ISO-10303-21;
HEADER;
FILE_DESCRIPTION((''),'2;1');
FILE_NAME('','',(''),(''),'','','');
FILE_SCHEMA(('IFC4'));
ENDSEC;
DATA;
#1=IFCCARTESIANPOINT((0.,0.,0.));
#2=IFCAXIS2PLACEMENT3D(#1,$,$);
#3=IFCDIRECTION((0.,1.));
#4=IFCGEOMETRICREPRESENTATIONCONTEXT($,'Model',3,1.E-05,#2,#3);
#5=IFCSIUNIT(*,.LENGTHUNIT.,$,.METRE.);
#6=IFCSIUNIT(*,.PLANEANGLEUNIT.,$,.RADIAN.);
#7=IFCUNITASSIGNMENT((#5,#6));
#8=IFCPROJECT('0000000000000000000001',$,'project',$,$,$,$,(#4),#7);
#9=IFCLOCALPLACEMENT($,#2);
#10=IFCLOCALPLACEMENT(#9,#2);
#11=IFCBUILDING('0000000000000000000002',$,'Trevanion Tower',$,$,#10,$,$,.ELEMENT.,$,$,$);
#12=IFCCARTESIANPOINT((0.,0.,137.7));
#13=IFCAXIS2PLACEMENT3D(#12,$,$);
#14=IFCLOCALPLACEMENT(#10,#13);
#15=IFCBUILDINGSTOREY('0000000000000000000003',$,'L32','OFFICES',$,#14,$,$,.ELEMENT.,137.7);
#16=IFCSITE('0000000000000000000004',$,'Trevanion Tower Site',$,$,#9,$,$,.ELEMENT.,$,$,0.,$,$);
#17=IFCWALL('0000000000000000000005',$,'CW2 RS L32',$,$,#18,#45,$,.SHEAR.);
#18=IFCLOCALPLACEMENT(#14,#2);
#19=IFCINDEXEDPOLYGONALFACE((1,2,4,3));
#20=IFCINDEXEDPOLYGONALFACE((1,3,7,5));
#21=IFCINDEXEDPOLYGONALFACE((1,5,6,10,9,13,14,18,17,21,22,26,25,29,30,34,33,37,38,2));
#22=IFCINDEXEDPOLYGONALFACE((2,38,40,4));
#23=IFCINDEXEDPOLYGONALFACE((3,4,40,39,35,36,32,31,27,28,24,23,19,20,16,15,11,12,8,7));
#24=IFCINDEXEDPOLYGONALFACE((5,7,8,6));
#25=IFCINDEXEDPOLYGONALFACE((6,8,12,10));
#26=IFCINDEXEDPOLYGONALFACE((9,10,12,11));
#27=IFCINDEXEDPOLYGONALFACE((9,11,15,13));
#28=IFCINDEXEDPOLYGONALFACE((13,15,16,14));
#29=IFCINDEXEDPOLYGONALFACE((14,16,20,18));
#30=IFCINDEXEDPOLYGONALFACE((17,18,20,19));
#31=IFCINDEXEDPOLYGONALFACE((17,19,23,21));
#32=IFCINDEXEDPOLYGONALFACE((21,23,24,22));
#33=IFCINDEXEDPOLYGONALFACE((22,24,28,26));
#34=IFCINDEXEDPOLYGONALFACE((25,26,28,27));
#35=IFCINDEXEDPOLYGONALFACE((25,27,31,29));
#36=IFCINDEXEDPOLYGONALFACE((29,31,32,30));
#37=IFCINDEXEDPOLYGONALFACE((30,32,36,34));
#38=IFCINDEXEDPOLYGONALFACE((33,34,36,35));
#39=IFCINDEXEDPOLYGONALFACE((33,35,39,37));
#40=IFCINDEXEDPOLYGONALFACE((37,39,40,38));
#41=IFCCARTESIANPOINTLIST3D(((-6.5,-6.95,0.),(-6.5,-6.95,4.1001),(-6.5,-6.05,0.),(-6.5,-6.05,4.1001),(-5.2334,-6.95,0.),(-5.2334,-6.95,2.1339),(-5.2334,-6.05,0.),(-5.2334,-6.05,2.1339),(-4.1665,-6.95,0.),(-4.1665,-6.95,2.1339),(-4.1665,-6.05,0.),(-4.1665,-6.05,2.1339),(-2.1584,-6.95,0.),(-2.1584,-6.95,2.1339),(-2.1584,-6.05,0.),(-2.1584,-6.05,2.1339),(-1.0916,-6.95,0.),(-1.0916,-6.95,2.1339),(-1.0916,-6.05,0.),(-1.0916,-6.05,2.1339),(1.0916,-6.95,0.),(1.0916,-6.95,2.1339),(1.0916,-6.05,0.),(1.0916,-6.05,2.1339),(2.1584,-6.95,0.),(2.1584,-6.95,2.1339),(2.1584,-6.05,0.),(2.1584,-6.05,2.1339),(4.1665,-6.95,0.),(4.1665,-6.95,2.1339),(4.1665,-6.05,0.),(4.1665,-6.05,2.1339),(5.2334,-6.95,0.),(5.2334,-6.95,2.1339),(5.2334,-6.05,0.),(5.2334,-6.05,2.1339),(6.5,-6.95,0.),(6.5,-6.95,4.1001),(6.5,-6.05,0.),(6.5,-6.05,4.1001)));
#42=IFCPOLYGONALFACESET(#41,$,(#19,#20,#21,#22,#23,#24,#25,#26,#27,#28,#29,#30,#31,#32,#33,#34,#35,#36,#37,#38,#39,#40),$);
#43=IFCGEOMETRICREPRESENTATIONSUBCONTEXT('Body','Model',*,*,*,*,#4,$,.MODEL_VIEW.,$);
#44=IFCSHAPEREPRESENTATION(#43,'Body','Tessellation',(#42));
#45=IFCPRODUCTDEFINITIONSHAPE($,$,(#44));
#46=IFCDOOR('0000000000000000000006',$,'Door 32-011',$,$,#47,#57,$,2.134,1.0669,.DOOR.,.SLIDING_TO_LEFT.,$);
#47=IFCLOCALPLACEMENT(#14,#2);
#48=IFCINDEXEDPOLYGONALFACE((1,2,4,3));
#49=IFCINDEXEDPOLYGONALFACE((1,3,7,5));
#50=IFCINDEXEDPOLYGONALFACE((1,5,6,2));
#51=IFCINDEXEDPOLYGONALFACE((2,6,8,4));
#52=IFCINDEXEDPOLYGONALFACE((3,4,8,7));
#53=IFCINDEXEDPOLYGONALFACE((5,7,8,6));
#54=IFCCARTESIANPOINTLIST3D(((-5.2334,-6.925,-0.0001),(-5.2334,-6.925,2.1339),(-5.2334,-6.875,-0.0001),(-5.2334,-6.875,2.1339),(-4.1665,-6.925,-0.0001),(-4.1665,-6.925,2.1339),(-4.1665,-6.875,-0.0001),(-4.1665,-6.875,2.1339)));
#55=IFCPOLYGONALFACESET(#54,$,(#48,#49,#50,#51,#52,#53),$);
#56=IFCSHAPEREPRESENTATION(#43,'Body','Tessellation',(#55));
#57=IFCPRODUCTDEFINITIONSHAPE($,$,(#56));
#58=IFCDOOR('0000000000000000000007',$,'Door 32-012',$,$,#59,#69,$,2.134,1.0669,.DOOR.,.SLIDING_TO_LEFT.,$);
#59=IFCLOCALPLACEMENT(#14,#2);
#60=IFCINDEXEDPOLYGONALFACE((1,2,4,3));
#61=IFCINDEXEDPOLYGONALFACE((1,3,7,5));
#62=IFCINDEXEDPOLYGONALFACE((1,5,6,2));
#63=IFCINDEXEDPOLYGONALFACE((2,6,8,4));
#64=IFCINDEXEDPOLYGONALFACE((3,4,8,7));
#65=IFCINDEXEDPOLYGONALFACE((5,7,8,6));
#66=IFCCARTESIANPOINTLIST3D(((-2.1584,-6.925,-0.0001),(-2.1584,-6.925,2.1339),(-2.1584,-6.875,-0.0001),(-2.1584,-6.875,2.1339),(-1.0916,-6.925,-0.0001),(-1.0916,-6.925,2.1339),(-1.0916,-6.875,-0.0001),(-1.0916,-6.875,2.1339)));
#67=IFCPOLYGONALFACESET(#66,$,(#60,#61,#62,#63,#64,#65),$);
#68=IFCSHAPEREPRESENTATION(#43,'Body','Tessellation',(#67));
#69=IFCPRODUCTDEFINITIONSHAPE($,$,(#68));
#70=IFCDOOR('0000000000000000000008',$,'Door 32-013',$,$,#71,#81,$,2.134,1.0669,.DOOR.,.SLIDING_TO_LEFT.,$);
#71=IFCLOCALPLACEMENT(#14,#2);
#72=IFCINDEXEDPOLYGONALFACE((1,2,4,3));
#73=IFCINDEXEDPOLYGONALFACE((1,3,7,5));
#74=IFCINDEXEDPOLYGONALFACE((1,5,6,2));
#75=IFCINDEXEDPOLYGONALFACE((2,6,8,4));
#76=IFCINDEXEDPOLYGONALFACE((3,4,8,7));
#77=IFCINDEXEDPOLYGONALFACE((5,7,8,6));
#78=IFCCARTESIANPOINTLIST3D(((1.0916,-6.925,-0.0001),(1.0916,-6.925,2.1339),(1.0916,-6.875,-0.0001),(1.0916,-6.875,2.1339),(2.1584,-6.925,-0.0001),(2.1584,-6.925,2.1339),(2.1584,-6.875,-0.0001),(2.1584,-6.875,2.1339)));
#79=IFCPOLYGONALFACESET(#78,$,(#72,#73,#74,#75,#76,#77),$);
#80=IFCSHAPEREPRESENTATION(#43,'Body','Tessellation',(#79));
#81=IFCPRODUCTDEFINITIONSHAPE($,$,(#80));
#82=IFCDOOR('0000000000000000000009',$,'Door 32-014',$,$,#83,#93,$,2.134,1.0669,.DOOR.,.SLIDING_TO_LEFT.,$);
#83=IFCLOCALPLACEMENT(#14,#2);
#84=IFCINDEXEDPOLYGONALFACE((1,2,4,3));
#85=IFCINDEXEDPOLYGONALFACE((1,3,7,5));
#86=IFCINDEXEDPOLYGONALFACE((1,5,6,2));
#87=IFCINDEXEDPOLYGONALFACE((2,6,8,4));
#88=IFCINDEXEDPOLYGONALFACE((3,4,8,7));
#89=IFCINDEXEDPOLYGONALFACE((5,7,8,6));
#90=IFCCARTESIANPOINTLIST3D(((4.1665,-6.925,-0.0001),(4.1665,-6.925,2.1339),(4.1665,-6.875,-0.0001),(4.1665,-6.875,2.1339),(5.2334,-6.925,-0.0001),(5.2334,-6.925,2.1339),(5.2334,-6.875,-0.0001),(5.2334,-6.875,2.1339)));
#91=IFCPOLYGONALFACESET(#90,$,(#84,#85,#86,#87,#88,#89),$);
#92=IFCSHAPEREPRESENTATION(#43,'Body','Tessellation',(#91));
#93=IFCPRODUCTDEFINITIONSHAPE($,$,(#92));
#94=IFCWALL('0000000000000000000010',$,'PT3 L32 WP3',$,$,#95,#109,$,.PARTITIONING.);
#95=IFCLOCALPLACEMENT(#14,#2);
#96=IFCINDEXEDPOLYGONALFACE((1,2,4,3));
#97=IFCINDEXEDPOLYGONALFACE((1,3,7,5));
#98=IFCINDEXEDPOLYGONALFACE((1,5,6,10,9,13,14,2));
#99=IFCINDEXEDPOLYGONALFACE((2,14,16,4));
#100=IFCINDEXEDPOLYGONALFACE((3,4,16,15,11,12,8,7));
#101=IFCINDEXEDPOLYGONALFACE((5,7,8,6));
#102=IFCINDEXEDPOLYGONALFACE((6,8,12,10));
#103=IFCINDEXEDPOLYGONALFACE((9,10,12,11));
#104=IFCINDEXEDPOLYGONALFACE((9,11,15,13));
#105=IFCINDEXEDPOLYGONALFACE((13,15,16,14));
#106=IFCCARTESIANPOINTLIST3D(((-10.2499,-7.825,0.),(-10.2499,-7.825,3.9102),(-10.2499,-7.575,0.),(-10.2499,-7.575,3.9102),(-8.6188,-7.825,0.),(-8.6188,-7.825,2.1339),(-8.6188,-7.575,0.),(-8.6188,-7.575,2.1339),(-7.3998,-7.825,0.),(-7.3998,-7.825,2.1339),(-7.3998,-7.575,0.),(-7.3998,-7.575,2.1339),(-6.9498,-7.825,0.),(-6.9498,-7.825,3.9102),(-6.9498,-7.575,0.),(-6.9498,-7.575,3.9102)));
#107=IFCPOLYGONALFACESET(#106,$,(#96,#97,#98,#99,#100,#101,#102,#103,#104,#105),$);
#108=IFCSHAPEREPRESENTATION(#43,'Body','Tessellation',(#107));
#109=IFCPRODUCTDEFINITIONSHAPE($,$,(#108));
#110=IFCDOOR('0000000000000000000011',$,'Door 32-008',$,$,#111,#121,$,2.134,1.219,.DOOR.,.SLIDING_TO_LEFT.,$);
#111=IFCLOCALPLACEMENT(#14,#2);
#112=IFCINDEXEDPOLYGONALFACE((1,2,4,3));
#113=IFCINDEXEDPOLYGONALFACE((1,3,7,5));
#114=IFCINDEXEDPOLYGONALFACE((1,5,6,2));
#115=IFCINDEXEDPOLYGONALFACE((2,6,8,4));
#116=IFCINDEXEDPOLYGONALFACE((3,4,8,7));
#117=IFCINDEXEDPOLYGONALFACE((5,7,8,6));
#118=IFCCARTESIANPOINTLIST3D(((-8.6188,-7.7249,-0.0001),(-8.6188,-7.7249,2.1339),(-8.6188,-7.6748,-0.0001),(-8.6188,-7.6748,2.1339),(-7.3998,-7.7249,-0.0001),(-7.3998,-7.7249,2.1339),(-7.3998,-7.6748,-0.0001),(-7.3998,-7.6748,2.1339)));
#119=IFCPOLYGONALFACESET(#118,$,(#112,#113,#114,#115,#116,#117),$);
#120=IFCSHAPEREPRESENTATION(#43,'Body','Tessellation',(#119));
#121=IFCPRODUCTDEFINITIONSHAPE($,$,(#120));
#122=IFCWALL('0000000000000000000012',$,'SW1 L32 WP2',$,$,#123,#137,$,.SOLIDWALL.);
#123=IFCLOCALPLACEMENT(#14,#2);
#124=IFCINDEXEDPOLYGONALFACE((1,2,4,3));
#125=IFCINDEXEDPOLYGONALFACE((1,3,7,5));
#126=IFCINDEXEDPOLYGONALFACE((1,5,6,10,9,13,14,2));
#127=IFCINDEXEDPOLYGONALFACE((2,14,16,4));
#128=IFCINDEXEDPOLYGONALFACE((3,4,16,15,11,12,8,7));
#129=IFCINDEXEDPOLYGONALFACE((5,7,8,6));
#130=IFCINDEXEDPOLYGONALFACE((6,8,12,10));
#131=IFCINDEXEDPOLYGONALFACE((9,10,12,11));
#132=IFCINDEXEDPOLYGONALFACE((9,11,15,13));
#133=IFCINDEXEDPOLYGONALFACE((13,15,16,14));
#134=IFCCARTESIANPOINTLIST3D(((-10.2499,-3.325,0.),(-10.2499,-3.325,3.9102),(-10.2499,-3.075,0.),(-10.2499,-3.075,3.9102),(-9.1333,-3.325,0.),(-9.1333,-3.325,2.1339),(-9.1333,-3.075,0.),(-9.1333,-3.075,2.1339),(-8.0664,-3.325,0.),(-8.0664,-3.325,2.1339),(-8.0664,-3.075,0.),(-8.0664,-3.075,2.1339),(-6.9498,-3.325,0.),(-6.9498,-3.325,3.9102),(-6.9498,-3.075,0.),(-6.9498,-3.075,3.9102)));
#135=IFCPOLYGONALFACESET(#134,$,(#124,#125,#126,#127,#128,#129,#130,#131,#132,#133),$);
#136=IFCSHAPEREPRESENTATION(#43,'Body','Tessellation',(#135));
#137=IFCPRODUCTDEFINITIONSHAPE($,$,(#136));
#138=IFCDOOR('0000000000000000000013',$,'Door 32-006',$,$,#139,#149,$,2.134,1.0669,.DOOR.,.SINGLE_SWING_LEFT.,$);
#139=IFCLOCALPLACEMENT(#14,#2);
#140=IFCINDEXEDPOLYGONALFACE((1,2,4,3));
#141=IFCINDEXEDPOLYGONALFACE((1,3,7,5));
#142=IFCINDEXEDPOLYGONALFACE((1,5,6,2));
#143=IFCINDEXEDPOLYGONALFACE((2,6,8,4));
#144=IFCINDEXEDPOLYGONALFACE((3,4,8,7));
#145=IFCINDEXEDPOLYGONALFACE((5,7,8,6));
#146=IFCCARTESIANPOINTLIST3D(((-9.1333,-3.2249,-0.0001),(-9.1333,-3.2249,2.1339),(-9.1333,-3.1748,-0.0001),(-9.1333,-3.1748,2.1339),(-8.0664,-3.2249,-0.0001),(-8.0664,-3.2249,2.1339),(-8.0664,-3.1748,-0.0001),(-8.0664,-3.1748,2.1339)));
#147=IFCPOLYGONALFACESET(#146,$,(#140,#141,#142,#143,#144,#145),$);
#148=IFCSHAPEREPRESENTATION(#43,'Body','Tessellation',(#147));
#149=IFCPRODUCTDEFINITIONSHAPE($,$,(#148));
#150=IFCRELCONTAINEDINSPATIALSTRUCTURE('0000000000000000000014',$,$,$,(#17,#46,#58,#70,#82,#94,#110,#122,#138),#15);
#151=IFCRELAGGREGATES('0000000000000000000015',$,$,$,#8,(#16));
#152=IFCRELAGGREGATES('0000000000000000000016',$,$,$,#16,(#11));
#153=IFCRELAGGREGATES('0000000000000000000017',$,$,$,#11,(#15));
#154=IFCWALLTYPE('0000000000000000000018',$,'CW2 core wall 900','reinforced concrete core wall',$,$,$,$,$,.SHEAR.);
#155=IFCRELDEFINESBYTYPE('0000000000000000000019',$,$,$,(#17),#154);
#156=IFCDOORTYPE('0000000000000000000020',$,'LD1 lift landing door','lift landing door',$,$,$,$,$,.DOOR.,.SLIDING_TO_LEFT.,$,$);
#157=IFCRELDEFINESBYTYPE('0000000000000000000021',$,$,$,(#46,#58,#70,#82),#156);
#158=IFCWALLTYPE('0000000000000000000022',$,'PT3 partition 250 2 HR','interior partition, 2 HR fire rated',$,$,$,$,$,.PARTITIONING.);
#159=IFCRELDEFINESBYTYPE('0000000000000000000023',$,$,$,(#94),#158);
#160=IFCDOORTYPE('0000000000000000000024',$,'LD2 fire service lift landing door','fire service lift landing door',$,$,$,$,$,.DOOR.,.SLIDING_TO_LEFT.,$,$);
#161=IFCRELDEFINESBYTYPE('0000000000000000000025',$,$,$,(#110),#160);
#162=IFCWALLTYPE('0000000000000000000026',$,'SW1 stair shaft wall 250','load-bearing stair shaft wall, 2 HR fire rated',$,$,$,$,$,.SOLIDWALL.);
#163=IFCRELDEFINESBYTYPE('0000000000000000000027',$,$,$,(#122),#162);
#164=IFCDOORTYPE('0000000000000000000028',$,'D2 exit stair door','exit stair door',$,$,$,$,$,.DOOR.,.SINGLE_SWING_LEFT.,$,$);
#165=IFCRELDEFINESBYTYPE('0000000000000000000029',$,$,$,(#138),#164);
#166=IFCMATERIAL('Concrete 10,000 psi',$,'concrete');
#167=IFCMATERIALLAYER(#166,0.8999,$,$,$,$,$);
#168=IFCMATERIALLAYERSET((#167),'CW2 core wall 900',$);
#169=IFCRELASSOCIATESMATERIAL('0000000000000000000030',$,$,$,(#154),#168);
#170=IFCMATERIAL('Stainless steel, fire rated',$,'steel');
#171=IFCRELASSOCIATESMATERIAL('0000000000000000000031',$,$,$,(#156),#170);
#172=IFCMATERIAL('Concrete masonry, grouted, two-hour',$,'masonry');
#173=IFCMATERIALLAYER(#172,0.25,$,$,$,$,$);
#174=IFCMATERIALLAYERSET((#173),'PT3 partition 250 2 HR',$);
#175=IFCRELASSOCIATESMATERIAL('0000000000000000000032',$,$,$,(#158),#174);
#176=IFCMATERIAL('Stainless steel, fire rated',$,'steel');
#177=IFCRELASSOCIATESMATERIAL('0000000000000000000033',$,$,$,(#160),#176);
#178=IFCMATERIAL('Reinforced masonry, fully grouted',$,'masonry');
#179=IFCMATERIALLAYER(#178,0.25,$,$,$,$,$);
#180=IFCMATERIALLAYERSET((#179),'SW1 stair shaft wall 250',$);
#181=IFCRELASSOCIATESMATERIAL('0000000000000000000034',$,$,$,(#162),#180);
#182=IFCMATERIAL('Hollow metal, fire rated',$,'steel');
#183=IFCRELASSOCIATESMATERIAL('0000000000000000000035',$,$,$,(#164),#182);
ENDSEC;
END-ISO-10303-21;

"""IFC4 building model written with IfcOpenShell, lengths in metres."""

from ifc_helpers import new_model, si_unit, direction, frame, frame_2d, origin, place, context, subcontext, project, spatial, rectangle, extrude, material, layer, layer_set, type_object, element, fill, save


model = new_model("IFC4")

# Units and contexts
model_context = context("Model", 3, precision=1e-05, world=origin(), true_north=direction((0.0, 1.0)))
body_context = subcontext(model_context, "Body", "Model", "MODEL_VIEW")
ifc_project = project(units=[si_unit("LENGTHUNIT", "METRE"), si_unit("PLANEANGLEUNIT", "RADIAN")], contexts=[model_context])

# Site, building, storey
site_placement = place(None, origin())
site = spatial("IfcSite", under=ifc_project, at=site_placement, Name="Trevanion Tower Site", CompositionType="ELEMENT", RefElevation=0.0)
building_placement = place(site_placement, origin())
building = spatial("IfcBuilding", under=site, at=building_placement, Name="Trevanion Tower", CompositionType="ELEMENT")
storey_placement = place(building_placement, frame((0.0, 0.0, 137.7)))
storey = spatial("IfcBuildingStorey", under=building, at=storey_placement, Name="L32", Description="OFFICES", CompositionType="ELEMENT", Elevation=137.7)

# Shared definitions
ifc_material_1 = material(Name="Concrete 10,000 psi", Category="concrete")
ifc_layer_1 = layer(ifc_material_1, 0.8999)
ifc_layer_set_1 = layer_set([ifc_layer_1], Name="CW2 core wall 900")
wall_type_1 = type_object("IfcWallType", Name="CW2 core wall 900", Description="reinforced concrete core wall", PredefinedType="SHEAR", material=ifc_layer_set_1)

# Wall, openings, doors
wall_1_placement = place(storey_placement, frame((-6.5, -6.5, 0.0), z_axis=(0.0, 0.0, 1.0), x_axis=(1.0, 0.0, 0.0)))
wall_1 = element("IfcWall", 1, at=wall_1_placement, inside=storey, type_object=wall_type_1, Name="CW2 RS L32", PredefinedType="SHEAR", context=body_context, shape_type="SweptSolid", body=[
    extrude(rectangle(XDim=13.0, YDim=0.8999, at=frame_2d((6.5, 0.0))), origin(), (0.0, 0.0, 1.0), 4.1001),
])
opening_1_placement = place(wall_1_placement, frame((1.2666, 0.0, 0.0)))
opening_1 = element("IfcOpeningElement", 2, at=opening_1_placement, cuts=wall_1, PredefinedType="OPENING", context=body_context, shape_type="SweptSolid", body=[
    extrude(rectangle(XDim=1.0669, YDim=2.134, at=frame_2d((0.5334, 1.0669))), frame((0.0, 0.46, 0.0), z_axis=(0.0, -1.0, 0.0), x_axis=(1.0, 0.0, 0.0)), (0.0, 0.0, 1.0), 0.9199),
])
opening_2_placement = place(wall_1_placement, frame((4.3416, 0.0, 0.0)))
opening_2 = element("IfcOpeningElement", 3, at=opening_2_placement, cuts=wall_1, PredefinedType="OPENING", context=body_context, shape_type="SweptSolid", body=[
    extrude(rectangle(XDim=1.0669, YDim=2.134, at=frame_2d((0.5334, 1.0669))), frame((0.0, 0.46, 0.0), z_axis=(0.0, -1.0, 0.0), x_axis=(1.0, 0.0, 0.0)), (0.0, 0.0, 1.0), 0.9199),
])
opening_3_placement = place(wall_1_placement, frame((7.5916, 0.0, 0.0)))
opening_3 = element("IfcOpeningElement", 4, at=opening_3_placement, cuts=wall_1, PredefinedType="OPENING", context=body_context, shape_type="SweptSolid", body=[
    extrude(rectangle(XDim=1.0669, YDim=2.134, at=frame_2d((0.5334, 1.0669))), frame((0.0, 0.46, 0.0), z_axis=(0.0, -1.0, 0.0), x_axis=(1.0, 0.0, 0.0)), (0.0, 0.0, 1.0), 0.9199),
])
opening_4_placement = place(wall_1_placement, frame((10.6665, 0.0, 0.0)))
opening_4 = element("IfcOpeningElement", 5, at=opening_4_placement, cuts=wall_1, PredefinedType="OPENING", context=body_context, shape_type="SweptSolid", body=[
    extrude(rectangle(XDim=1.0669, YDim=2.134, at=frame_2d((0.5334, 1.0669))), frame((0.0, 0.46, 0.0), z_axis=(0.0, -1.0, 0.0), x_axis=(1.0, 0.0, 0.0)), (0.0, 0.0, 1.0), 0.9199),
])
ifc_material_2 = material(Name="Stainless steel, fire rated", Category="steel")
door_type_1 = type_object("IfcDoorType", Name="LD1 lift landing door", Description="lift landing door", OperationType="SLIDING_TO_LEFT", PredefinedType="DOOR", material=ifc_material_2)
door_1_placement = place(opening_1_placement, origin())
door_1 = element("IfcDoor", 6, at=door_1_placement, inside=storey, type_object=door_type_1, Name="Door 32-011", OperationType="SLIDING_TO_LEFT", OverallHeight=2.134, OverallWidth=1.0669, PredefinedType="DOOR", context=body_context, shape_type="SweptSolid", body=[
    extrude(rectangle(XDim=1.0669, YDim=2.134, at=frame_2d((0.5334, 1.0669))), frame((0.0, -0.375, 0.0), z_axis=(0.0, -1.0, 0.0), x_axis=(1.0, 0.0, 0.0)), (0.0, 0.0, 1.0), 0.05),
])
fill(opening_1, door_1)
door_2_placement = place(opening_2_placement, origin())
door_2 = element("IfcDoor", 7, at=door_2_placement, inside=storey, type_object=door_type_1, Name="Door 32-012", OperationType="SLIDING_TO_LEFT", OverallHeight=2.134, OverallWidth=1.0669, PredefinedType="DOOR", context=body_context, shape_type="SweptSolid", body=[
    extrude(rectangle(XDim=1.0669, YDim=2.134, at=frame_2d((0.5334, 1.0669))), frame((0.0, -0.375, 0.0), z_axis=(0.0, -1.0, 0.0), x_axis=(1.0, 0.0, 0.0)), (0.0, 0.0, 1.0), 0.05),
])
fill(opening_2, door_2)
door_3_placement = place(opening_3_placement, origin())
door_3 = element("IfcDoor", 8, at=door_3_placement, inside=storey, type_object=door_type_1, Name="Door 32-013", OperationType="SLIDING_TO_LEFT", OverallHeight=2.134, OverallWidth=1.0669, PredefinedType="DOOR", context=body_context, shape_type="SweptSolid", body=[
    extrude(rectangle(XDim=1.0669, YDim=2.134, at=frame_2d((0.5334, 1.0669))), frame((0.0, -0.375, 0.0), z_axis=(0.0, -1.0, 0.0), x_axis=(1.0, 0.0, 0.0)), (0.0, 0.0, 1.0), 0.05),
])
fill(opening_3, door_3)
door_4_placement = place(opening_4_placement, origin())
door_4 = element("IfcDoor", 9, at=door_4_placement, inside=storey, type_object=door_type_1, Name="Door 32-014", OperationType="SLIDING_TO_LEFT", OverallHeight=2.134, OverallWidth=1.0669, PredefinedType="DOOR", context=body_context, shape_type="SweptSolid", body=[
    extrude(rectangle(XDim=1.0669, YDim=2.134, at=frame_2d((0.5334, 1.0669))), frame((0.0, -0.375, 0.0), z_axis=(0.0, -1.0, 0.0), x_axis=(1.0, 0.0, 0.0)), (0.0, 0.0, 1.0), 0.05),
])
fill(opening_4, door_4)

# Walls, openings, doors
ifc_material_3 = material(Name="Concrete masonry, grouted, two-hour", Category="masonry")
ifc_layer_2 = layer(ifc_material_3, 0.25)
ifc_layer_set_2 = layer_set([ifc_layer_2], Name="PT3 partition 250 2 HR")
wall_type_2 = type_object("IfcWallType", Name="PT3 partition 250 2 HR", Description="interior partition, 2 HR fire rated", PredefinedType="PARTITIONING", material=ifc_layer_set_2)
wall_2_placement = place(storey_placement, frame((-6.95, -7.7, 0.0), z_axis=(0.0, 0.0, 1.0), x_axis=(-1.0, 0.0, 0.0)))
wall_2 = element("IfcWall", 10, at=wall_2_placement, inside=storey, type_object=wall_type_2, Name="PT3 L32 WP3", PredefinedType="PARTITIONING", context=body_context, shape_type="SweptSolid", body=[
    extrude(rectangle(XDim=3.3, YDim=0.25, at=frame_2d((1.6499, 0.0))), origin(), (0.0, 0.0, 1.0), 3.9102),
])
opening_5_placement = place(wall_2_placement, frame((0.45, 0.0, 0.0)))
opening_5 = element("IfcOpeningElement", 11, at=opening_5_placement, cuts=wall_2, PredefinedType="OPENING", context=body_context, shape_type="SweptSolid", body=[
    extrude(rectangle(XDim=1.219, YDim=2.134, at=frame_2d((0.6094, 1.0669))), frame((0.0, 0.135, 0.0), z_axis=(0.0, -1.0, 0.0), x_axis=(1.0, 0.0, 0.0)), (0.0, 0.0, 1.0), 0.27),
])
ifc_material_4 = material(Name="Stainless steel, fire rated", Category="steel")
door_type_2 = type_object("IfcDoorType", Name="LD2 fire service lift landing door", Description="fire service lift landing door", OperationType="SLIDING_TO_LEFT", PredefinedType="DOOR", material=ifc_material_4)
door_5_placement = place(opening_5_placement, origin())
door_5 = element("IfcDoor", 12, at=door_5_placement, inside=storey, type_object=door_type_2, Name="Door 32-008", OperationType="SLIDING_TO_LEFT", OverallHeight=2.134, OverallWidth=1.219, PredefinedType="DOOR", context=body_context, shape_type="SweptSolid", body=[
    extrude(rectangle(XDim=1.219, YDim=2.134, at=frame_2d((0.6094, 1.0669))), frame((0.0, 0.0249, 0.0), z_axis=(0.0, -1.0, 0.0), x_axis=(1.0, 0.0, 0.0)), (0.0, 0.0, 1.0), 0.05),
])
fill(opening_5, door_5)
ifc_material_5 = material(Name="Reinforced masonry, fully grouted", Category="masonry")
ifc_layer_3 = layer(ifc_material_5, 0.25)
ifc_layer_set_3 = layer_set([ifc_layer_3], Name="SW1 stair shaft wall 250")
wall_type_3 = type_object("IfcWallType", Name="SW1 stair shaft wall 250", Description="load-bearing stair shaft wall, 2 HR fire rated", PredefinedType="SOLIDWALL", material=ifc_layer_set_3)
wall_3_placement = place(storey_placement, frame((-6.95, -3.2, 0.0), z_axis=(0.0, 0.0, 1.0), x_axis=(-1.0, 0.0, 0.0)))
wall_3 = element("IfcWall", 13, at=wall_3_placement, inside=storey, type_object=wall_type_3, Name="SW1 L32 WP2", PredefinedType="SOLIDWALL", context=body_context, shape_type="SweptSolid", body=[
    extrude(rectangle(XDim=3.3, YDim=0.25, at=frame_2d((1.6499, 0.0))), origin(), (0.0, 0.0, 1.0), 3.9102),
])
opening_6_placement = place(wall_3_placement, frame((1.1165, 0.0, 0.0)))
opening_6 = element("IfcOpeningElement", 14, at=opening_6_placement, cuts=wall_3, PredefinedType="OPENING", context=body_context, shape_type="SweptSolid", body=[
    extrude(rectangle(XDim=1.0669, YDim=2.134, at=frame_2d((0.5334, 1.0669))), frame((0.0, 0.135, 0.0), z_axis=(0.0, -1.0, 0.0), x_axis=(1.0, 0.0, 0.0)), (0.0, 0.0, 1.0), 0.27),
])
ifc_material_6 = material(Name="Hollow metal, fire rated", Category="steel")
door_type_3 = type_object("IfcDoorType", Name="D2 exit stair door", Description="exit stair door", OperationType="SINGLE_SWING_LEFT", PredefinedType="DOOR", material=ifc_material_6)
door_6_placement = place(opening_6_placement, origin())
door_6 = element("IfcDoor", 15, at=door_6_placement, inside=storey, type_object=door_type_3, Name="Door 32-006", OperationType="SINGLE_SWING_LEFT", OverallHeight=2.134, OverallWidth=1.0669, PredefinedType="DOOR", context=body_context, shape_type="SweptSolid", body=[
    extrude(rectangle(XDim=1.0669, YDim=2.134, at=frame_2d((0.5334, 1.0669))), frame((0.0, 0.0249, 0.0), z_axis=(0.0, -1.0, 0.0), x_axis=(1.0, 0.0, 0.0)), (0.0, 0.0, 1.0), 0.05),
])
fill(opening_6, door_6)

save(model, "model.ifc")
